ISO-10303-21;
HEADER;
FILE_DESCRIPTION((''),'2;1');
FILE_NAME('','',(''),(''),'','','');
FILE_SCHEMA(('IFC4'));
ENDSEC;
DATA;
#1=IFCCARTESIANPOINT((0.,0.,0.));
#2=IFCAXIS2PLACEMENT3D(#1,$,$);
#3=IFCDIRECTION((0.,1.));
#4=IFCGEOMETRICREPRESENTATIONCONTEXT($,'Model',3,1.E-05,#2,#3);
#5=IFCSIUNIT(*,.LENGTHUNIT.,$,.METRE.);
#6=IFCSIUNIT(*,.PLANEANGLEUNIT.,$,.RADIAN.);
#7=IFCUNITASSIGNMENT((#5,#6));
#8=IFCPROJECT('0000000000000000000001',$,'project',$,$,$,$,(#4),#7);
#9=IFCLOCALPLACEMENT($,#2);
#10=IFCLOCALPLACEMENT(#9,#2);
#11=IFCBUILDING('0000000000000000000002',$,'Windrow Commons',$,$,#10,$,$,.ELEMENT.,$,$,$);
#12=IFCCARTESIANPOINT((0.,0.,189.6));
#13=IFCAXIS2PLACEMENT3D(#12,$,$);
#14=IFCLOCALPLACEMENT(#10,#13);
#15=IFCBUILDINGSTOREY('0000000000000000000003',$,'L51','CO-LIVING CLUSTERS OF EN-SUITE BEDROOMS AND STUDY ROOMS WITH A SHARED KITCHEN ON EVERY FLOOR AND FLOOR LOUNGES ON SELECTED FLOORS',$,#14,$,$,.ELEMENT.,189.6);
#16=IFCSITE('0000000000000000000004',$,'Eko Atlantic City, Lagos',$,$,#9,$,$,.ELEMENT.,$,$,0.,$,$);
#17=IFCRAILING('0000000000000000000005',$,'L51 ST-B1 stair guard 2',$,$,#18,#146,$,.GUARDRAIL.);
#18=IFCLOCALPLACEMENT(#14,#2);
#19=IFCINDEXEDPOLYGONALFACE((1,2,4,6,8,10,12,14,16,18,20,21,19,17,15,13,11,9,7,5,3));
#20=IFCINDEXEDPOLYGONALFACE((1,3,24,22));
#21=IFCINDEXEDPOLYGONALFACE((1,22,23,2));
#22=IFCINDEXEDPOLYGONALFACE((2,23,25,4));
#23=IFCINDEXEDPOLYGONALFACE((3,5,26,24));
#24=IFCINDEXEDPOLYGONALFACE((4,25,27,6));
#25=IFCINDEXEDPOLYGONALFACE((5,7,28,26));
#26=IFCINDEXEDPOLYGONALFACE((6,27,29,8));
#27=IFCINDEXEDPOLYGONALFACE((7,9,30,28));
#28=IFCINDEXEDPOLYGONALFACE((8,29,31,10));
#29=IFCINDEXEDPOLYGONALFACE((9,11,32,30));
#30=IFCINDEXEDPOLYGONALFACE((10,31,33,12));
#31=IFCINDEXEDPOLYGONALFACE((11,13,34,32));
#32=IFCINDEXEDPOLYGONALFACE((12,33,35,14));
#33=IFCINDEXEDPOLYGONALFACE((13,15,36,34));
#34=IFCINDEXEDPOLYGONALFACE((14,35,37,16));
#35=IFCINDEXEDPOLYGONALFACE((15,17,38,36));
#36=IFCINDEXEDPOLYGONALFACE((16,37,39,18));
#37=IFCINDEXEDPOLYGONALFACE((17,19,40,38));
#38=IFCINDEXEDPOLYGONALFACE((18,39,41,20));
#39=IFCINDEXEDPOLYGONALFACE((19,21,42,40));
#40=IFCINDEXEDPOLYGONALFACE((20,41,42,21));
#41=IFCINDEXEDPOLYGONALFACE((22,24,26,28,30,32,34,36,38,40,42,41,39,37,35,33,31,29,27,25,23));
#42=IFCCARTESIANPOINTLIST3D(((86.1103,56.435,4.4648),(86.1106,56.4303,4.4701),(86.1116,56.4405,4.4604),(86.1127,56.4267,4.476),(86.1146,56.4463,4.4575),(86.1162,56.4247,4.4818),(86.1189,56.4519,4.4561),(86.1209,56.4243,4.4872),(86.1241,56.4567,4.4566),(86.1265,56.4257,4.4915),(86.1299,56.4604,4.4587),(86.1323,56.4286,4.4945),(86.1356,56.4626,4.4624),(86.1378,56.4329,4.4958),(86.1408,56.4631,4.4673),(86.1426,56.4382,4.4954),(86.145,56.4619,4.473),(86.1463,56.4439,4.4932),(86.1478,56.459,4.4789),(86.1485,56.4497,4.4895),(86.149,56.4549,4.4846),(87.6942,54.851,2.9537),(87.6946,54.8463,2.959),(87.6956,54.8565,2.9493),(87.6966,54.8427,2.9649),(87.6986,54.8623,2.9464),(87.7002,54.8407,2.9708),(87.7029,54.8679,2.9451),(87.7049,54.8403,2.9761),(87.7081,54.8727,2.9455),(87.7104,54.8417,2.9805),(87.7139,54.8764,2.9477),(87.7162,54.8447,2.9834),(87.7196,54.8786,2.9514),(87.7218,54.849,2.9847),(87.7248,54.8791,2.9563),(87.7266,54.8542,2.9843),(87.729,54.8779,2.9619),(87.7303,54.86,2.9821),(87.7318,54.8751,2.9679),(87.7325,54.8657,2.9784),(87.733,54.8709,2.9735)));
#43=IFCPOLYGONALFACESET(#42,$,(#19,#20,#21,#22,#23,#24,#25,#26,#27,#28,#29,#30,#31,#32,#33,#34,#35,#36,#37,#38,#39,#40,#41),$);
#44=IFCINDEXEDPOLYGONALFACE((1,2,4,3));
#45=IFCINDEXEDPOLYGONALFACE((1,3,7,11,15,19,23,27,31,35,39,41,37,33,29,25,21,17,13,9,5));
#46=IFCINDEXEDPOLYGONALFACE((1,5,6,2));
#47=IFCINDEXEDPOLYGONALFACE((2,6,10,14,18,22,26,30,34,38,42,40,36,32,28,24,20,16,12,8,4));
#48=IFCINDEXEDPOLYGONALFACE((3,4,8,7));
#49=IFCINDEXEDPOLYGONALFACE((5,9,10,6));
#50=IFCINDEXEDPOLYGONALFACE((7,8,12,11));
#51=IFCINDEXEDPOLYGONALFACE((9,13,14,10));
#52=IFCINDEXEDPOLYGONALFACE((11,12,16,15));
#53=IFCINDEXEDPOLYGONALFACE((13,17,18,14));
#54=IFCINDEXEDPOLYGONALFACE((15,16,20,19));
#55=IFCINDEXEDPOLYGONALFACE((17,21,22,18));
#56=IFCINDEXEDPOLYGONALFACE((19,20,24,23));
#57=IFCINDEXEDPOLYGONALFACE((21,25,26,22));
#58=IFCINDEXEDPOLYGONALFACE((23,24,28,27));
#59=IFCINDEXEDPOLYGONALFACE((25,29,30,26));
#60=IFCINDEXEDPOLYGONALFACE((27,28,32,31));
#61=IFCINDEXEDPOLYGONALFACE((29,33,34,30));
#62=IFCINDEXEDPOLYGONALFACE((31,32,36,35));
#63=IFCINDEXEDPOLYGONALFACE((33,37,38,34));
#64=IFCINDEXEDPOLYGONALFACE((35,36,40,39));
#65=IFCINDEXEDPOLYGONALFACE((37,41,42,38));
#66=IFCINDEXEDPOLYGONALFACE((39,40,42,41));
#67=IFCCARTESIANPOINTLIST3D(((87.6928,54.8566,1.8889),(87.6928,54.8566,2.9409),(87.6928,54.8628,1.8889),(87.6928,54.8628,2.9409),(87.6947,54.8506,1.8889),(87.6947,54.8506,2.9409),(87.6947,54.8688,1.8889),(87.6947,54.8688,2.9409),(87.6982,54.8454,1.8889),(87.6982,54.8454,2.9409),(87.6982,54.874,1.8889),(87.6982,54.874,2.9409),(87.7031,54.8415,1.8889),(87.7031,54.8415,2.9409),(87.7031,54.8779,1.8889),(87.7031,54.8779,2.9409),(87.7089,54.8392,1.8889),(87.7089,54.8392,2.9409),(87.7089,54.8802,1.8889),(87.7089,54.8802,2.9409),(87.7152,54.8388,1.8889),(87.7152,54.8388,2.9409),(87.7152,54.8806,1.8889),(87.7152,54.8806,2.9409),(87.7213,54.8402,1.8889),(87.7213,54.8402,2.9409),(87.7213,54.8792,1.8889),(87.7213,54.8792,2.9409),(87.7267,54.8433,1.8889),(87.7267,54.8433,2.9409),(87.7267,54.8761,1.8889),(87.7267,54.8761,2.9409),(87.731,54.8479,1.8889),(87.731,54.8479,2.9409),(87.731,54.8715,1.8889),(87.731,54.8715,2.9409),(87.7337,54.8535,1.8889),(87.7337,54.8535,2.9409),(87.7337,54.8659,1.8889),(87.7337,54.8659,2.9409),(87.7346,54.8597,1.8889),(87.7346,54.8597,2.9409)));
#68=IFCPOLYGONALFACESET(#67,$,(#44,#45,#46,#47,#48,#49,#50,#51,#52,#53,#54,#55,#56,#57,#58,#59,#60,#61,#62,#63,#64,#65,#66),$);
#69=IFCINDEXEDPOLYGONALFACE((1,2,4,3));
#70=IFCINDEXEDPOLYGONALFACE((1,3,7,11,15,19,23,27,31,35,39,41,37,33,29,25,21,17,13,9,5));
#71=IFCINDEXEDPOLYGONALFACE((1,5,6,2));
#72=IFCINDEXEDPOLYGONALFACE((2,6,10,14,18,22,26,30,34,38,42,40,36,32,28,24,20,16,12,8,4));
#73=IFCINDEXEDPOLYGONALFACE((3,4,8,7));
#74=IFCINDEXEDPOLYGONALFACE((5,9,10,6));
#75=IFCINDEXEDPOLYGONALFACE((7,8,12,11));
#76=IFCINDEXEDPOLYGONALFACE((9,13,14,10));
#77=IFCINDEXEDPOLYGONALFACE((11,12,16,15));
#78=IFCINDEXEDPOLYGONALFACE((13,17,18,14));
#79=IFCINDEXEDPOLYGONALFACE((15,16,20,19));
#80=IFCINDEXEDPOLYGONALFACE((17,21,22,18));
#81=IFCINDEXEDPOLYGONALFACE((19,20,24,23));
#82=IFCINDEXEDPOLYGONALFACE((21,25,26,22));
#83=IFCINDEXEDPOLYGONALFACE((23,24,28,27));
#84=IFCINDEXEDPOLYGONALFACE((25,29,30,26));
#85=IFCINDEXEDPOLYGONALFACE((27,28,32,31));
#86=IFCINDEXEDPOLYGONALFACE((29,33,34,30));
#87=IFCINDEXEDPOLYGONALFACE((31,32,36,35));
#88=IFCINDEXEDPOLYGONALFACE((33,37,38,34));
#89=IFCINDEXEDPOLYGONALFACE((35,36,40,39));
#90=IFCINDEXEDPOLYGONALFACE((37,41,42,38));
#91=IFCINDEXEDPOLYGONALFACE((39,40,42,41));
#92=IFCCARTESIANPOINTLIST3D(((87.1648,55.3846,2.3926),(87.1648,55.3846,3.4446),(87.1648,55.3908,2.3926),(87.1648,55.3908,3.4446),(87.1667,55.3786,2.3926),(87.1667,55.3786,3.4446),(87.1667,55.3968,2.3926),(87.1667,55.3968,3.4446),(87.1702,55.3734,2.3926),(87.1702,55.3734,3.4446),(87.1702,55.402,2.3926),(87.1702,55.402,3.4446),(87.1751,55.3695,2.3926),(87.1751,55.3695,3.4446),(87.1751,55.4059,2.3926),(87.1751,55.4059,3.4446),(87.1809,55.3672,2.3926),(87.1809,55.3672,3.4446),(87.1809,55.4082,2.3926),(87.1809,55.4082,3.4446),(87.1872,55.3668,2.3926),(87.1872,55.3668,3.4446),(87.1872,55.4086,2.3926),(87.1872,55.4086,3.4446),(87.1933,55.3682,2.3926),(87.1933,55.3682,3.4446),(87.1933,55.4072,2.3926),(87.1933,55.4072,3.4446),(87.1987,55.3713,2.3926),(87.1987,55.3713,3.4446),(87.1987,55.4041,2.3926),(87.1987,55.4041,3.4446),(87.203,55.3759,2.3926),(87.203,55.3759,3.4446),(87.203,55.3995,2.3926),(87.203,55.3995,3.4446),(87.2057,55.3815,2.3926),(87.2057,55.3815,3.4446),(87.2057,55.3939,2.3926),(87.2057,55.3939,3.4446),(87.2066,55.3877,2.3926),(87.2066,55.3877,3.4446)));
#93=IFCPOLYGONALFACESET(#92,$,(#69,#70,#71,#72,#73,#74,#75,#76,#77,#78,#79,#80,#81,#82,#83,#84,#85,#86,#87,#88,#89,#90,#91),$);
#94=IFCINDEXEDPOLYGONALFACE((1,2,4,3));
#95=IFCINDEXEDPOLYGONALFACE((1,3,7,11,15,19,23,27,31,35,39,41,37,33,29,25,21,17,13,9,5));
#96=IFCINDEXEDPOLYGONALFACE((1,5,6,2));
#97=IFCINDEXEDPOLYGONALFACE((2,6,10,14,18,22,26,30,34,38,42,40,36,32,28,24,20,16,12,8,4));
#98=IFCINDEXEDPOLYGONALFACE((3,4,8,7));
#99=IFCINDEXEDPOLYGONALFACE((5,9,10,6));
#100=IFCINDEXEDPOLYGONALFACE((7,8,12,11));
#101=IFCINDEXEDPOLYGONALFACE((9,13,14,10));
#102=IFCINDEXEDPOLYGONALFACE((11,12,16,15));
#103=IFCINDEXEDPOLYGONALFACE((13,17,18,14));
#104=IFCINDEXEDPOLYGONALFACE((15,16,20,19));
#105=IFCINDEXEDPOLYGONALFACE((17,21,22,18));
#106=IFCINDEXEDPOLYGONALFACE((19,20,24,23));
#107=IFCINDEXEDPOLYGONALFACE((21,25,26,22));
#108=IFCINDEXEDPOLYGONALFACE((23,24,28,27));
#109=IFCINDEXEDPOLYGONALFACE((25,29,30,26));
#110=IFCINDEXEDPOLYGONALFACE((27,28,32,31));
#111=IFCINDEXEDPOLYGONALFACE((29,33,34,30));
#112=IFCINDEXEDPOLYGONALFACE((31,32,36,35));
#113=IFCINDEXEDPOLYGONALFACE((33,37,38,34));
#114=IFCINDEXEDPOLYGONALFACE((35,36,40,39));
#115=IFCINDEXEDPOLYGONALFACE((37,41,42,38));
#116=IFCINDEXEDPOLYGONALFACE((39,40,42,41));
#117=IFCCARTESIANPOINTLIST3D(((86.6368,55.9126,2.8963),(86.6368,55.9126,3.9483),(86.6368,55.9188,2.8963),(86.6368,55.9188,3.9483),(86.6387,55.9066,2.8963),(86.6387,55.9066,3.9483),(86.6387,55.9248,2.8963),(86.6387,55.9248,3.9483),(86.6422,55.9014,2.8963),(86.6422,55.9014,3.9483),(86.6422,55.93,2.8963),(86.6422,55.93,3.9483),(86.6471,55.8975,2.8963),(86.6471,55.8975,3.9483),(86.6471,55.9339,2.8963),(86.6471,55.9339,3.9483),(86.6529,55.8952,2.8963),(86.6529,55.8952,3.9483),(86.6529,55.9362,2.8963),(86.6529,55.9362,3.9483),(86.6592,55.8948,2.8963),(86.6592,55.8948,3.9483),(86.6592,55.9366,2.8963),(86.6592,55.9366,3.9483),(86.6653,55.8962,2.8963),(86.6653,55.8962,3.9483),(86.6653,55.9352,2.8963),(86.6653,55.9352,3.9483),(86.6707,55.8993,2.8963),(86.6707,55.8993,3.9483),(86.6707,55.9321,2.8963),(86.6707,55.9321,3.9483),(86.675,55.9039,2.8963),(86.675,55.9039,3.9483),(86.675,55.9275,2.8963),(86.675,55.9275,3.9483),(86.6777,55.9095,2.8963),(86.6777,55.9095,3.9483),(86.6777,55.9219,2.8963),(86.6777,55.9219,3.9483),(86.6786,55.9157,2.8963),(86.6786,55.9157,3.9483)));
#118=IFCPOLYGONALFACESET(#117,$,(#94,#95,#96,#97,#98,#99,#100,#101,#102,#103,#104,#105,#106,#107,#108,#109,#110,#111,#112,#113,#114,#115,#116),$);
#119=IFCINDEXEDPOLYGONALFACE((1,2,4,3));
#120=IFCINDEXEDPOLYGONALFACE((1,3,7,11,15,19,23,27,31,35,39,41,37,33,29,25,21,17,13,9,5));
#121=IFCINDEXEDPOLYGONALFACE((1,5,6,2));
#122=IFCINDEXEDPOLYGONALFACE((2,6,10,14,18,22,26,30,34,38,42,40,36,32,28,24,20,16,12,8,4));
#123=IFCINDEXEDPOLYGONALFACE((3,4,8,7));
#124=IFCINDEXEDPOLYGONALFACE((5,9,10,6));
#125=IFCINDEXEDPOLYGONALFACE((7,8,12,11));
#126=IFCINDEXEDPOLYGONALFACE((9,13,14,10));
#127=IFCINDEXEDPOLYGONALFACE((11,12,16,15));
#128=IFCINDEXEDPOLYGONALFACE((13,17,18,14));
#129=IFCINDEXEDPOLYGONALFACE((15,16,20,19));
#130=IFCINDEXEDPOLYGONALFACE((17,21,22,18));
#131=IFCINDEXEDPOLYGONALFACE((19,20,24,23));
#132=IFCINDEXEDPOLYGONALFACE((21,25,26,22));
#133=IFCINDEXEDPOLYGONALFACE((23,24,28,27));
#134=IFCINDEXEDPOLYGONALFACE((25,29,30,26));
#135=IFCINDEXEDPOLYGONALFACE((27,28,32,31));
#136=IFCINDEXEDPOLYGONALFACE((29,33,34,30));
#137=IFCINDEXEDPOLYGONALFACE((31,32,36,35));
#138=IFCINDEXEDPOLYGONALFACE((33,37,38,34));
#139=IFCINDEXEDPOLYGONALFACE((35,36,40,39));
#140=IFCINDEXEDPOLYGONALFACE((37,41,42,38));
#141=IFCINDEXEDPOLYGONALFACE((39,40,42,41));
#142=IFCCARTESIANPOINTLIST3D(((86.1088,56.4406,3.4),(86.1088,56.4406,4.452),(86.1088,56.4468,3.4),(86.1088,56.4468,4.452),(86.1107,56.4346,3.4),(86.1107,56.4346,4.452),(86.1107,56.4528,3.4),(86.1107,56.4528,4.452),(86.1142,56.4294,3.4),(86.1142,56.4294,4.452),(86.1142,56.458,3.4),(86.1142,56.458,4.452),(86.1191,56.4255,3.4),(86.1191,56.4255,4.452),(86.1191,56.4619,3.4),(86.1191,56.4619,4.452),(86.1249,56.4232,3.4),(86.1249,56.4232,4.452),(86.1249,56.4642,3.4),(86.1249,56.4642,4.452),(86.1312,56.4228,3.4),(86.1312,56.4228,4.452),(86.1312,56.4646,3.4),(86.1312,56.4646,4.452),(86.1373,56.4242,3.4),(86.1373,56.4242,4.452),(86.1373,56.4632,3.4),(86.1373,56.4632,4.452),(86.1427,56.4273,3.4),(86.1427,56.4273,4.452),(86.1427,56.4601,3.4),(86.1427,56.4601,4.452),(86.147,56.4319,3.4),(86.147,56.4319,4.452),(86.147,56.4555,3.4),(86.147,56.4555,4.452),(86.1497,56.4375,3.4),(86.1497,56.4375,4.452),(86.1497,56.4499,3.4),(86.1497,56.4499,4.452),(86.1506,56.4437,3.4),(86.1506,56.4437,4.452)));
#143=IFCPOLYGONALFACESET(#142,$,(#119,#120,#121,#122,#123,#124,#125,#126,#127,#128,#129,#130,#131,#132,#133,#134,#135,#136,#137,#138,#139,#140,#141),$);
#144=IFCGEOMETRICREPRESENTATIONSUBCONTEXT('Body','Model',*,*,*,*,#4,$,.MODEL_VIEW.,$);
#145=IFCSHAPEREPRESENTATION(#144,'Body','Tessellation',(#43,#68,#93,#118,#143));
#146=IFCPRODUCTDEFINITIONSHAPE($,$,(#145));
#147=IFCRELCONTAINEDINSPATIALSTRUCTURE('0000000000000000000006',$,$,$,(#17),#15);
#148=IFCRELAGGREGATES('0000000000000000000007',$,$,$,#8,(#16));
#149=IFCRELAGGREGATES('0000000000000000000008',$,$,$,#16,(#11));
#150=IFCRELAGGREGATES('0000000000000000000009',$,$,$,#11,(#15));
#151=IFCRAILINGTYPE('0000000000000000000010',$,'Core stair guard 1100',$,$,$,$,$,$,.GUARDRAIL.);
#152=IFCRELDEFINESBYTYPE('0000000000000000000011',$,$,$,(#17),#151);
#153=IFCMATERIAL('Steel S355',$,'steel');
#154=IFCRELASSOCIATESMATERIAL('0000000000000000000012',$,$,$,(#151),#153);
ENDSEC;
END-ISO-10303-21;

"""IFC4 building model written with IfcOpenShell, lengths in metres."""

from ifc_helpers import new_model, si_unit, direction, frame, origin, origin_2d, place, context, subcontext, project, spatial, circle, extrude, material, type_object, element, save


model = new_model("IFC4")

# Units and contexts
model_context = context("Model", 3, precision=1e-05, world=origin(), true_north=direction((0.0, 1.0)))
body_context = subcontext(model_context, "Body", "Model", "MODEL_VIEW")
ifc_project = project(units=[si_unit("LENGTHUNIT", "METRE"), si_unit("PLANEANGLEUNIT", "RADIAN")], contexts=[model_context])

# Site, building, storey
site_placement = place(None, origin())
site = spatial("IfcSite", under=ifc_project, at=site_placement, Name="Eko Atlantic City, Lagos", CompositionType="ELEMENT", RefElevation=0.0)
building_placement = place(site_placement, origin())
building = spatial("IfcBuilding", under=site, at=building_placement, Name="Windrow Commons", CompositionType="ELEMENT")
storey_placement = place(building_placement, frame((0.0, 0.0, 189.6)))
storey = spatial("IfcBuildingStorey", under=building, at=storey_placement, Name="L51", Description="CO-LIVING CLUSTERS OF EN-SUITE BEDROOMS AND STUDY ROOMS WITH A SHARED KITCHEN ON EVERY FLOOR AND FLOOR LOUNGES ON SELECTED FLOORS", CompositionType="ELEMENT", Elevation=189.6)

# Railing
ifc_material_1 = material(Name="Steel S355", Category="steel")
railing_type_1 = type_object("IfcRailingType", Name="Core stair guard 1100", PredefinedType="GUARDRAIL", material=ifc_material_1)
railing_1_placement = place(storey_placement, frame((87.7136, 54.8597, 1.8889)))
element("IfcRailing", 1, at=railing_1_placement, inside=storey, type_object=railing_type_1, Name="L51 ST-B1 stair guard 2", PredefinedType="GUARDRAIL", context=body_context, shape_type="SweptSolid", body=[
    extrude(circle(Radius=0.024, at=origin_2d()), frame((0.0, 0.0, 1.076), z_axis=(-0.586203, 0.586203, 0.559224), x_axis=(-0.707107, -0.707107, 0.0)), (0.0, 0.0, 1.0), 2.7021),
    extrude(circle(Radius=0.021, at=origin_2d()), origin(), (0.0, 0.0, 1.0), 1.052),
    extrude(circle(Radius=0.021, at=origin_2d()), frame((-0.528, 0.528, 0.5037)), (0.0, 0.0, 1.0), 1.052),
    extrude(circle(Radius=0.021, at=origin_2d()), frame((-1.056, 1.056, 1.0074)), (0.0, 0.0, 1.0), 1.052),
    extrude(circle(Radius=0.021, at=origin_2d()), frame((-1.584, 1.584, 1.5111)), (0.0, 0.0, 1.0), 1.052),
])

save(model, "model.ifc")
